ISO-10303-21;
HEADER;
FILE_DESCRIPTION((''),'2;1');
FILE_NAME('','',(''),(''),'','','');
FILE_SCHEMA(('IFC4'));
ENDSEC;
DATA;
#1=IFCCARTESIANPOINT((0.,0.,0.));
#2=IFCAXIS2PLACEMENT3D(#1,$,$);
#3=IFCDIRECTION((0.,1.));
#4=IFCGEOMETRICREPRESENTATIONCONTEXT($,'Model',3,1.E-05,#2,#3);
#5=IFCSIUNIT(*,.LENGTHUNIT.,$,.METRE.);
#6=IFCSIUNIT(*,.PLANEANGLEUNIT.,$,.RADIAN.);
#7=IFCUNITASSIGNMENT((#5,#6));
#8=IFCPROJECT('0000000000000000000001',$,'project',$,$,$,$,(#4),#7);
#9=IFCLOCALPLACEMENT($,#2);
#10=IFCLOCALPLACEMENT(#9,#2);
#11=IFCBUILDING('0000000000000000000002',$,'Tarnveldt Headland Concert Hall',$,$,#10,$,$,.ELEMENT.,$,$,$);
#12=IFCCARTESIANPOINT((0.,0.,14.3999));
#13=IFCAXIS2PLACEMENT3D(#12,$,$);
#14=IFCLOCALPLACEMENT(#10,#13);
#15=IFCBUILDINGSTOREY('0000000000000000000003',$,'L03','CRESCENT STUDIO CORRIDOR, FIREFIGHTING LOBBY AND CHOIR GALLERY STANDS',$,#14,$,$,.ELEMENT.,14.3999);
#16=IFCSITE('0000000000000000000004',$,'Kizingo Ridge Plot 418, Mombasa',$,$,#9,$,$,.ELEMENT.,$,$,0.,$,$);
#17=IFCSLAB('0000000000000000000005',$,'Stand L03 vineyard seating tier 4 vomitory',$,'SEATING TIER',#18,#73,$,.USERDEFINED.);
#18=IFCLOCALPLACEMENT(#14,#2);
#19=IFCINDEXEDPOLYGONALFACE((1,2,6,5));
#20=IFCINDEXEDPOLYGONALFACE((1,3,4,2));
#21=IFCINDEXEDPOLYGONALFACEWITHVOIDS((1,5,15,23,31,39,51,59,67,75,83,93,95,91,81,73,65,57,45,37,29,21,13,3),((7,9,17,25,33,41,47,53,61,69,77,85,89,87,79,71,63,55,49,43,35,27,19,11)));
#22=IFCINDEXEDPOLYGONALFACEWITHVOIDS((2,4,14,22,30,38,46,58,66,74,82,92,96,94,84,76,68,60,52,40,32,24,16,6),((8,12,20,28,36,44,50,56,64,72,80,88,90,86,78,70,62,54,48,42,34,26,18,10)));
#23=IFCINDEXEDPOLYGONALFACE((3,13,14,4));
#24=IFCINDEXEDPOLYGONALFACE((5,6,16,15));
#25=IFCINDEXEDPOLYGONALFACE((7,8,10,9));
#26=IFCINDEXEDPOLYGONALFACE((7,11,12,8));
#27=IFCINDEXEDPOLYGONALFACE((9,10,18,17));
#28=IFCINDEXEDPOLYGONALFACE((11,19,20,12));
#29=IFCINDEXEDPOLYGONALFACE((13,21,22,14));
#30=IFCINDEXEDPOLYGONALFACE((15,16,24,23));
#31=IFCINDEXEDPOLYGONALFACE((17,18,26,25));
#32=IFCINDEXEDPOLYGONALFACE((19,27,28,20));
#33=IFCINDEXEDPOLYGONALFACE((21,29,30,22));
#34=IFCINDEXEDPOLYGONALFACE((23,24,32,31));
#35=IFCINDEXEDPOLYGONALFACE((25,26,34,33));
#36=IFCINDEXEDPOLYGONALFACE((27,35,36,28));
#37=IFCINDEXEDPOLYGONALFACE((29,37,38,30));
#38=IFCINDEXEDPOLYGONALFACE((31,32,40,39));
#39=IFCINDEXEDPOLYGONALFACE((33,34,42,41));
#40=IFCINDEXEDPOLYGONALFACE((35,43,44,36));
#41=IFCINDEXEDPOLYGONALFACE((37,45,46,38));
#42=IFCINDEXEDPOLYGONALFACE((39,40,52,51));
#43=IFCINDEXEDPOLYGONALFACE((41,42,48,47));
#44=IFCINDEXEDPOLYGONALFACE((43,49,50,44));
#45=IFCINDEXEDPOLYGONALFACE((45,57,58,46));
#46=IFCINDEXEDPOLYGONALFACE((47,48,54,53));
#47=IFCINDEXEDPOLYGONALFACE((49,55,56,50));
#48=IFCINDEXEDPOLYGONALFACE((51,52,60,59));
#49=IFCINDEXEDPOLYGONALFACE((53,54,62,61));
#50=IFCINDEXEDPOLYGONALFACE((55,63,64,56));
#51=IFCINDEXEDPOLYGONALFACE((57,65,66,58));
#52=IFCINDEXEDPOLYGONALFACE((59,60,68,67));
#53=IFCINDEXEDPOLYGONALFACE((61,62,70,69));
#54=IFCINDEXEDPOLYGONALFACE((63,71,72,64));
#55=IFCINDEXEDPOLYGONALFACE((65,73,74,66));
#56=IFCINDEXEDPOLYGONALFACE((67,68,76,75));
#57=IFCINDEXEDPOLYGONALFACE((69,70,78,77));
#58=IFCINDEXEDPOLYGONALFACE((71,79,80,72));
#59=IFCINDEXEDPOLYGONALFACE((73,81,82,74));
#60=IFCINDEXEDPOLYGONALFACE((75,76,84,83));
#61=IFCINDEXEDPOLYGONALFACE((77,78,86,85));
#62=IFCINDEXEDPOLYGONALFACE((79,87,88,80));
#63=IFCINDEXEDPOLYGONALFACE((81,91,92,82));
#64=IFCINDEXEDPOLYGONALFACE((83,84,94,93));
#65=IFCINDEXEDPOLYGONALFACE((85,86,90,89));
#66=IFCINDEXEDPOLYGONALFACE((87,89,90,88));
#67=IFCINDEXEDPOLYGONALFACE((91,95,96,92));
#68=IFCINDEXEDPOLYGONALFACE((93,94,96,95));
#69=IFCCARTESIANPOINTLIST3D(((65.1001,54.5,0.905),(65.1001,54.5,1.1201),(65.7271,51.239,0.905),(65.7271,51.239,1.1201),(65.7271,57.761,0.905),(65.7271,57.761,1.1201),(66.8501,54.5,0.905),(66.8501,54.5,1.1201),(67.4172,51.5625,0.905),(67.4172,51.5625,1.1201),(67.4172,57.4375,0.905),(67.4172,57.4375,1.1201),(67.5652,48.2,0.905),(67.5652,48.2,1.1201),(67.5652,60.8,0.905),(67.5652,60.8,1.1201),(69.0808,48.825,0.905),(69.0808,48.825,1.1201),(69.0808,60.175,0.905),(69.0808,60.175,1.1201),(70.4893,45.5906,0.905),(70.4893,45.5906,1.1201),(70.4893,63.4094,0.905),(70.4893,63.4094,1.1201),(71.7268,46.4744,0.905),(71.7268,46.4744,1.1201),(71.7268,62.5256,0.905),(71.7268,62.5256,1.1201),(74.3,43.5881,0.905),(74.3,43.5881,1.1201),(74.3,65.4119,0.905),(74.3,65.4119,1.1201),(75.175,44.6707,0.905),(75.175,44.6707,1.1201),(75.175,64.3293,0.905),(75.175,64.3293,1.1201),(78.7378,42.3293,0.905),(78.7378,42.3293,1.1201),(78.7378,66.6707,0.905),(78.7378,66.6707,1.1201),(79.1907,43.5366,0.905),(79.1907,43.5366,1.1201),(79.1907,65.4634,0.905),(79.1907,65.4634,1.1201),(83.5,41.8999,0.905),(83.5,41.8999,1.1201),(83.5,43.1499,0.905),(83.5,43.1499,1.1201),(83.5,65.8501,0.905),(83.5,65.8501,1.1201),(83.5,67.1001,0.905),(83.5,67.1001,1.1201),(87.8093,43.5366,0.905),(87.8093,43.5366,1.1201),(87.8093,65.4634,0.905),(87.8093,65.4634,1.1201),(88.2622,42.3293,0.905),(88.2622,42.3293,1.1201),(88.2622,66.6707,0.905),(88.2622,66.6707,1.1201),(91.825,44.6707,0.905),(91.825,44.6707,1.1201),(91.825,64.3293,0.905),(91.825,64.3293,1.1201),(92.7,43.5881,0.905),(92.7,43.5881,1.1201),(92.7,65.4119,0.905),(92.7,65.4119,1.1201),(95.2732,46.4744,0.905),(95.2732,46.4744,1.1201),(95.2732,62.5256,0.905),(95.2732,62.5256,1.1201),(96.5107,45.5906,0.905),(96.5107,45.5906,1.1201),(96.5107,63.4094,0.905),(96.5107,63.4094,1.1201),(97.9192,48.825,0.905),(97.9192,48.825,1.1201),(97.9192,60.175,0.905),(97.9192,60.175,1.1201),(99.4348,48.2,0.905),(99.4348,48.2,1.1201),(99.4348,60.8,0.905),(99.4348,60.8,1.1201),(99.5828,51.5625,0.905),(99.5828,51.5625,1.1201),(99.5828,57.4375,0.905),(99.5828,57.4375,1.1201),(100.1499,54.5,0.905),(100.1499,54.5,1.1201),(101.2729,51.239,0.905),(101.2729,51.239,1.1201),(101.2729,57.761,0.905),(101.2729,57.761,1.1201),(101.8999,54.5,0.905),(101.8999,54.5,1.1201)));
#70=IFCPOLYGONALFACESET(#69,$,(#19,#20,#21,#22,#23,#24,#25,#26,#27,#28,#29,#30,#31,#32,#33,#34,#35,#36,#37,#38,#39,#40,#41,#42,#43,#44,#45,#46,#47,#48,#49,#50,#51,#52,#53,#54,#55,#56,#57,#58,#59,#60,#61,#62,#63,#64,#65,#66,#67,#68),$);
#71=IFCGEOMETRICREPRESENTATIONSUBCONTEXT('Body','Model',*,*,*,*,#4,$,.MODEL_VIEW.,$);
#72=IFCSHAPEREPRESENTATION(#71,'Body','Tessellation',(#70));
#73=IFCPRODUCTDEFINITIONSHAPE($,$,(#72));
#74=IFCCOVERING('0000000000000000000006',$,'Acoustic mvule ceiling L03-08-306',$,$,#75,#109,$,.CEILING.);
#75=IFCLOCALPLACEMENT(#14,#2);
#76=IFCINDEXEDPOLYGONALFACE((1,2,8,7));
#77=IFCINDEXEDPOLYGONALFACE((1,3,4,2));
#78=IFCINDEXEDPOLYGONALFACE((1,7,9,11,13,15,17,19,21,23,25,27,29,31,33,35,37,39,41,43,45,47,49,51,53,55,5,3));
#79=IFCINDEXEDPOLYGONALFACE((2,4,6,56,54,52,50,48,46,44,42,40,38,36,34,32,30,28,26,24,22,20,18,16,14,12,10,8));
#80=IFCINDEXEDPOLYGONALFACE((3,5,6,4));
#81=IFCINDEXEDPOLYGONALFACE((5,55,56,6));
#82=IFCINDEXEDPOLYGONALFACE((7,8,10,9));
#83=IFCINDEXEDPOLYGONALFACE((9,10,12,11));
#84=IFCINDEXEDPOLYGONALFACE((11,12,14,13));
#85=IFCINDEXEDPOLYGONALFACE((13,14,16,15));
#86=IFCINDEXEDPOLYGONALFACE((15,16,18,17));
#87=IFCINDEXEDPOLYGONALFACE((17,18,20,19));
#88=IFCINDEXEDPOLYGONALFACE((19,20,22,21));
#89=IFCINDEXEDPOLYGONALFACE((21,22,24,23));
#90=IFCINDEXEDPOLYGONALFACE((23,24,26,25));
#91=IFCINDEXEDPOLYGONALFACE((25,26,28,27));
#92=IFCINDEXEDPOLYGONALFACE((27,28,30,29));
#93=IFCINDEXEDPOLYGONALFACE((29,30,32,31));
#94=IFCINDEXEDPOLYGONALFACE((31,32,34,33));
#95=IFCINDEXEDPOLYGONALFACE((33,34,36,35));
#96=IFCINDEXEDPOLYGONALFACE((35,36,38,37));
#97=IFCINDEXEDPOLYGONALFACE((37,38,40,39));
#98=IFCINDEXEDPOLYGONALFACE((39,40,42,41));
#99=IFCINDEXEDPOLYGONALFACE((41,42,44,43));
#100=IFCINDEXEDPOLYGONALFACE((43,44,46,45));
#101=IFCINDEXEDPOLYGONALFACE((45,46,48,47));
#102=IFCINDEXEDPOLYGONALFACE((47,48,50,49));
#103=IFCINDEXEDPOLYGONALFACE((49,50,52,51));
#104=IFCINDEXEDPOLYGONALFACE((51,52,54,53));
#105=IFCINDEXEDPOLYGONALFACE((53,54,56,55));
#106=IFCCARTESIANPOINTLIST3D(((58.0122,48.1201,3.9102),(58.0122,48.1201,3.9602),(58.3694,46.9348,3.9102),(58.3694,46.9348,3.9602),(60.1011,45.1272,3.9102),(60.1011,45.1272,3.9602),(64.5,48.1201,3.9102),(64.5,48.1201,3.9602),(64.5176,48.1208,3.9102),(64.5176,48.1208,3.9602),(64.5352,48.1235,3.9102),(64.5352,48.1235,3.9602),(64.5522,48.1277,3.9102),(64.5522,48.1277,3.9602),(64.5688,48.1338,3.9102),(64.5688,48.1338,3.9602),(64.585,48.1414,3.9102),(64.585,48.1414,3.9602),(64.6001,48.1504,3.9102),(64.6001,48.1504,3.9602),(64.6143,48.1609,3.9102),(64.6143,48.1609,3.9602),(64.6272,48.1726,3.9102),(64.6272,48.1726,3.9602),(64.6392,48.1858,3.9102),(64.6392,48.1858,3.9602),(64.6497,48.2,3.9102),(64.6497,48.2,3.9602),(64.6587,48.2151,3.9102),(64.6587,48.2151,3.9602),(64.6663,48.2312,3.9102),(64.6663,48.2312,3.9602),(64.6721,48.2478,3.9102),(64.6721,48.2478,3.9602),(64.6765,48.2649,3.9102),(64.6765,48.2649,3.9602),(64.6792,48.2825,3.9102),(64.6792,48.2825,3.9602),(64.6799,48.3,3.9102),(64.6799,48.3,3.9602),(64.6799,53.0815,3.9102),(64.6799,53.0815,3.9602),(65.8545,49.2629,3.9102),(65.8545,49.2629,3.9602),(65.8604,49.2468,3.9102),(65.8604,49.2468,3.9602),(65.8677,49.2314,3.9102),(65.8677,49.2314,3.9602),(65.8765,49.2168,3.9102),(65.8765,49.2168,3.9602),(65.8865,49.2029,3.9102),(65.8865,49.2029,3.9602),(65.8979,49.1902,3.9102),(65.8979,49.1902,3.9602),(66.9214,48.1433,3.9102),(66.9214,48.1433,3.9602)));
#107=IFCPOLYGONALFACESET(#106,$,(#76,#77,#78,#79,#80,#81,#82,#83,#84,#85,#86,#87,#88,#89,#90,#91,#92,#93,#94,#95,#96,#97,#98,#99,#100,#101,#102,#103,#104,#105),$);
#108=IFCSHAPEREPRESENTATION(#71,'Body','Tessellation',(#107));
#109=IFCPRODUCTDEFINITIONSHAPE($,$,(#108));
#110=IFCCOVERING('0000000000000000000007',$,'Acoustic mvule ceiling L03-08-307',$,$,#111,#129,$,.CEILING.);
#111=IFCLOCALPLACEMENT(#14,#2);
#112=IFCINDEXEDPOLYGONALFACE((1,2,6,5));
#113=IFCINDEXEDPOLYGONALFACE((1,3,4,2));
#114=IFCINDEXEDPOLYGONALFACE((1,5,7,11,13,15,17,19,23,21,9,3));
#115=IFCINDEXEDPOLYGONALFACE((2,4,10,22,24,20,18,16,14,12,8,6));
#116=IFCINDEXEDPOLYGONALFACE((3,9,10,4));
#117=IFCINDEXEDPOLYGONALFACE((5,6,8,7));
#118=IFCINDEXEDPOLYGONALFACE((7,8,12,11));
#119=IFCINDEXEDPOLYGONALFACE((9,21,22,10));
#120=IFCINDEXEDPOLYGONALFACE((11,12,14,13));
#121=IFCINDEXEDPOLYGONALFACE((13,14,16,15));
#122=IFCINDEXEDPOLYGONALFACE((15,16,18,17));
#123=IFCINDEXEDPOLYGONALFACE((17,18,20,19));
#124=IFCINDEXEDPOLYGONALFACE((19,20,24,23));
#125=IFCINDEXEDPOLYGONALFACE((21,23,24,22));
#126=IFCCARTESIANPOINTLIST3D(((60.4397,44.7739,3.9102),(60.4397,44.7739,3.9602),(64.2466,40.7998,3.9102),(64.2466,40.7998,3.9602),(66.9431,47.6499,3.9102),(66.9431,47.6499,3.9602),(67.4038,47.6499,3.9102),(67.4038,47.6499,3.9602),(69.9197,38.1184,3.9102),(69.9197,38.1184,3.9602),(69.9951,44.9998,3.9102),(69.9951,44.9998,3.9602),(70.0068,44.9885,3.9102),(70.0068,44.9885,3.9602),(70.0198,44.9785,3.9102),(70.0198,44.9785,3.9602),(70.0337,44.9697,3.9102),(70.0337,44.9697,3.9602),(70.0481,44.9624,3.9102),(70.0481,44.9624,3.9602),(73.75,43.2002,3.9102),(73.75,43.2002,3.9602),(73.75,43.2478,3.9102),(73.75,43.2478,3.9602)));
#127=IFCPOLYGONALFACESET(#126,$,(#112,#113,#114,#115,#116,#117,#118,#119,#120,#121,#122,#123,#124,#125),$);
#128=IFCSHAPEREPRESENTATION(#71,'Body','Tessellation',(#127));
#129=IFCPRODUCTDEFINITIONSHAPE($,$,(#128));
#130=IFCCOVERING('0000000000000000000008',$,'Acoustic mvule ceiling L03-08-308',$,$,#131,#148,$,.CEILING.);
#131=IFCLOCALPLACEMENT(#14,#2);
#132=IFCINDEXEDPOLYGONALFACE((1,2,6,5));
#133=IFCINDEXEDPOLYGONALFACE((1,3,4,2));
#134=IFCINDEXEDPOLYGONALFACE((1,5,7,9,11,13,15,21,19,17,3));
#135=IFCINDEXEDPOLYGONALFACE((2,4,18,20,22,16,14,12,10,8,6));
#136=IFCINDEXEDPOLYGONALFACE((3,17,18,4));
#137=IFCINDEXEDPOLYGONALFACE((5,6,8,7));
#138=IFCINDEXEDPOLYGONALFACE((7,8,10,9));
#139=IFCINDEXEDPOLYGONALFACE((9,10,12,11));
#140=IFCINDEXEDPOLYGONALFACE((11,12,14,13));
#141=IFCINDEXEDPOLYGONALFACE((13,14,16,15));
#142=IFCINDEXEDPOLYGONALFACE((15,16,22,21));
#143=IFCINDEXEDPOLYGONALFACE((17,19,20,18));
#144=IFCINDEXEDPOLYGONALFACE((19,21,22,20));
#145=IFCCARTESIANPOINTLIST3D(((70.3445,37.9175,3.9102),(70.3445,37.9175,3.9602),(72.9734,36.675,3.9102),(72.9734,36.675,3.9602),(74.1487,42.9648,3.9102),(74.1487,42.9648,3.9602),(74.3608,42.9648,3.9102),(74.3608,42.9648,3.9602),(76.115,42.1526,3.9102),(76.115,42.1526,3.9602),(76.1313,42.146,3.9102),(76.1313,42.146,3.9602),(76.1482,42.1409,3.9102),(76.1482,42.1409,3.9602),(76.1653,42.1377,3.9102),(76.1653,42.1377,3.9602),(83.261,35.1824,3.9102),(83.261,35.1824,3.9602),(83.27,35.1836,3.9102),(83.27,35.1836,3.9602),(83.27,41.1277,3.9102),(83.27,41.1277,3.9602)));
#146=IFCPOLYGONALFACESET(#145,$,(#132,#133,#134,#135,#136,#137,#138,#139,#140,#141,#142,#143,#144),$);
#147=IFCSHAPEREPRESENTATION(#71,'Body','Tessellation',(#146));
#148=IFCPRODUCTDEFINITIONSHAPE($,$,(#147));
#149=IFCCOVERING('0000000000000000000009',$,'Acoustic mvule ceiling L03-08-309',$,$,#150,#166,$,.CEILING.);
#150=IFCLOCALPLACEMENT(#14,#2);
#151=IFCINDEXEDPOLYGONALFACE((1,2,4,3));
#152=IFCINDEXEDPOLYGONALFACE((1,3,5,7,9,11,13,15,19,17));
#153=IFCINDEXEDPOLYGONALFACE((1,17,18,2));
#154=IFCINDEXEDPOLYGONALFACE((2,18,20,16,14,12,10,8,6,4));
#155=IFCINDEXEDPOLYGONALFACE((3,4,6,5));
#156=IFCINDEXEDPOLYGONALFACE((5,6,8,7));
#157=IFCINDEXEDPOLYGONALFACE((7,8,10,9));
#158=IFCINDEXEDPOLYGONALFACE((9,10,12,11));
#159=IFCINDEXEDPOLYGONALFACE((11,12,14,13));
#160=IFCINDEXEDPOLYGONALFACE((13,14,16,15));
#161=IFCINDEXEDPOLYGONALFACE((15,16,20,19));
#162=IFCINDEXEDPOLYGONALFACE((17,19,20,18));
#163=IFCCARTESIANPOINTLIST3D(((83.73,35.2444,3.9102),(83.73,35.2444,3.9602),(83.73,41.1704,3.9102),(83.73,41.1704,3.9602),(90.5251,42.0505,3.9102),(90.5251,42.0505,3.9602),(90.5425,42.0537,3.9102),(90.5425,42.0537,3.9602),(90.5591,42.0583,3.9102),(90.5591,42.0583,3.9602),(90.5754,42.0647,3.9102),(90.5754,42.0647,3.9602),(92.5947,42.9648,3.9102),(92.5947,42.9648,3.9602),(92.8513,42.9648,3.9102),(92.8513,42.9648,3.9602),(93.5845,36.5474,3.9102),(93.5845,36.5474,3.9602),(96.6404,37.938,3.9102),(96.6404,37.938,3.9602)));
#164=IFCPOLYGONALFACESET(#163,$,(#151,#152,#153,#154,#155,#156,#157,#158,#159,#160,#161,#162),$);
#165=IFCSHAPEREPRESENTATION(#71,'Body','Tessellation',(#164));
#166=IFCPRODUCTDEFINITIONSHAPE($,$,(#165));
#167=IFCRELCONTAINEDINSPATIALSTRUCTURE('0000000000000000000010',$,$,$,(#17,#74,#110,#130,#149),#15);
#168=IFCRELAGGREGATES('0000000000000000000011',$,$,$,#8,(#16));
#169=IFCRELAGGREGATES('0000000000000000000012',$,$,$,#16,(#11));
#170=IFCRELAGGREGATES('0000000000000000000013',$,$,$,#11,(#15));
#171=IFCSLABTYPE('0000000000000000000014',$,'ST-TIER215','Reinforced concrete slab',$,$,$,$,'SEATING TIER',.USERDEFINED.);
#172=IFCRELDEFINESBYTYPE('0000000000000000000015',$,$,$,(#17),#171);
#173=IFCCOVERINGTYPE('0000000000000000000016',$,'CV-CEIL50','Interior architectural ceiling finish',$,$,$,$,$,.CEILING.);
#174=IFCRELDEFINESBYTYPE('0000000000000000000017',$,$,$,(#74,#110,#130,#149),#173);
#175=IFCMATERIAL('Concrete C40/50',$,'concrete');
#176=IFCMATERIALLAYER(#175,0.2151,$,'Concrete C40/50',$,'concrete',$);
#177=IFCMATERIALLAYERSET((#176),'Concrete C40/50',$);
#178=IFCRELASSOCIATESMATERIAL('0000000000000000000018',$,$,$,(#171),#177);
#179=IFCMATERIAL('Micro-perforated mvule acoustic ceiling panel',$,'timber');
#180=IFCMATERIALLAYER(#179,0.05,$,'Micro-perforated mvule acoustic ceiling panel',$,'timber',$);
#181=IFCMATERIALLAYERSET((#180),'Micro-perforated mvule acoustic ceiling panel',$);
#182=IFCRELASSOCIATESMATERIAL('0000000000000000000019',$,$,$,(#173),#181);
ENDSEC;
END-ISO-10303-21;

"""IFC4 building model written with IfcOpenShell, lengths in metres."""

from ifc_helpers import new_model, si_unit, direction, frame, origin, place, context, subcontext, project, spatial, polyline, outline, extrude, material, layer, layer_set, type_object, element, save


model = new_model("IFC4")

# Units and contexts
model_context = context("Model", 3, precision=1e-05, world=origin(), true_north=direction((0.0, 1.0)))
body_context = subcontext(model_context, "Body", "Model", "MODEL_VIEW")
ifc_project = project(units=[si_unit("LENGTHUNIT", "METRE"), si_unit("PLANEANGLEUNIT", "RADIAN")], contexts=[model_context])

# Site, building, storey
site_placement = place(None, origin())
site = spatial("IfcSite", under=ifc_project, at=site_placement, Name="Kizingo Ridge Plot 418, Mombasa", CompositionType="ELEMENT", RefElevation=0.0)
building_placement = place(site_placement, origin())
building = spatial("IfcBuilding", under=site, at=building_placement, Name="Tarnveldt Headland Concert Hall", CompositionType="ELEMENT")
storey_placement = place(building_placement, frame((0.0, 0.0, 14.3999)))
storey = spatial("IfcBuildingStorey", under=building, at=storey_placement, Name="L03", Description="CRESCENT STUDIO CORRIDOR, FIREFIGHTING LOBBY AND CHOIR GALLERY STANDS", CompositionType="ELEMENT", Elevation=14.3999)

# Shared definitions
ifc_material_1 = material(Name="Concrete C40/50", Category="concrete")

# Slab
ifc_layer_1 = layer(ifc_material_1, 0.2151, Name="Concrete C40/50", Category="concrete")
ifc_layer_set_1 = layer_set([ifc_layer_1], Name="Concrete C40/50")
slab_type_1 = type_object("IfcSlabType", Name="ST-TIER215", Description="Reinforced concrete slab", ElementType="SEATING TIER", PredefinedType="USERDEFINED", material=ifc_layer_set_1)
slab_1_placement = place(storey_placement, frame((0.0, 0.0, 0.905)))
element("IfcSlab", 1, at=slab_1_placement, inside=storey, type_object=slab_type_1, Name="Stand L03 vineyard seating tier 4 vomitory", ObjectType="SEATING TIER", PredefinedType="USERDEFINED", context=body_context, shape_type="SweptSolid", body=[
    extrude(outline(polyline([(101.8999, 54.5), (101.2729, 57.761), (99.4348, 60.8), (96.5107, 63.4094), (92.7, 65.4119), (88.2622, 66.6707), (83.5, 67.1001), (78.7378, 66.6707), (74.3, 65.4119), (70.4893, 63.4094), (67.5652, 60.8), (65.7271, 57.761), (65.1001, 54.5), (65.7271, 51.239), (67.5652, 48.2), (70.4893, 45.5906), (74.3, 43.5881), (78.7378, 42.3293), (83.5, 41.8999), (88.2622, 42.3293), (92.7, 43.5881), (96.5107, 45.5906), (99.4348, 48.2), (101.2729, 51.239), (101.8999, 54.5)]), holes=[polyline([(99.5828, 51.5625), (97.9192, 48.825), (95.2732, 46.4744), (91.825, 44.6707), (87.8093, 43.5366), (83.5, 43.1499), (79.1907, 43.5366), (75.175, 44.6707), (71.7268, 46.4744), (69.0808, 48.825), (67.4172, 51.5625), (66.8501, 54.5), (67.4172, 57.4375), (69.0808, 60.175), (71.7268, 62.5256), (75.175, 64.3293), (79.1907, 65.4634), (83.5, 65.8501), (87.8093, 65.4634), (91.825, 64.3293), (95.2732, 62.5256), (97.9192, 60.175), (99.5828, 57.4375), (100.1499, 54.5), (99.5828, 51.5625)])]), origin(), (0.0, 0.0, 1.0), 0.2151),
])

# Coverings
ifc_material_2 = material(Name="Micro-perforated mvule acoustic ceiling panel", Category="timber")
ifc_layer_2 = layer(ifc_material_2, 0.05, Name="Micro-perforated mvule acoustic ceiling panel", Category="timber")
ifc_layer_set_2 = layer_set([ifc_layer_2], Name="Micro-perforated mvule acoustic ceiling panel")
covering_type_1 = type_object("IfcCoveringType", Name="CV-CEIL50", Description="Interior architectural ceiling finish", PredefinedType="CEILING", material=ifc_layer_set_2)
covering_1_placement = place(storey_placement, frame((0.0, 0.0, 3.9102)))
element("IfcCovering", 2, at=covering_1_placement, inside=storey, type_object=covering_type_1, Name="Acoustic mvule ceiling L03-08-306", PredefinedType="CEILING", context=body_context, shape_type="SweptSolid", body=[
    extrude(outline(polyline([(58.0122, 48.1201), (64.5, 48.1201), (64.5176, 48.1208), (64.5352, 48.1235), (64.5522, 48.1277), (64.5688, 48.1338), (64.585, 48.1414), (64.6001, 48.1504), (64.6143, 48.1609), (64.6272, 48.1726), (64.6392, 48.1858), (64.6497, 48.2), (64.6587, 48.2151), (64.6663, 48.2312), (64.6721, 48.2478), (64.6765, 48.2649), (64.6792, 48.2825), (64.6799, 48.3), (64.6799, 53.0815), (65.8545, 49.2629), (65.8604, 49.2468), (65.8677, 49.2314), (65.8765, 49.2168), (65.8865, 49.2029), (65.8979, 49.1902), (66.9214, 48.1433), (60.1011, 45.1272), (58.3694, 46.9348), (58.0122, 48.1201)])), origin(), (0.0, 0.0, 1.0), 0.05),
])
covering_2_placement = place(storey_placement, frame((0.0, 0.0, 3.9102)))
element("IfcCovering", 3, at=covering_2_placement, inside=storey, type_object=covering_type_1, Name="Acoustic mvule ceiling L03-08-307", PredefinedType="CEILING", context=body_context, shape_type="SweptSolid", body=[
    extrude(outline(polyline([(70.0481, 44.9624), (73.75, 43.2478), (73.75, 43.2002), (69.9197, 38.1184), (64.2466, 40.7998), (60.4397, 44.7739), (66.9431, 47.6499), (67.4038, 47.6499), (69.9951, 44.9998), (70.0068, 44.9885), (70.0198, 44.9785), (70.0337, 44.9697), (70.0481, 44.9624)])), origin(), (0.0, 0.0, 1.0), 0.05),
])
covering_3_placement = place(storey_placement, frame((0.0, 0.0, 3.9102)))
element("IfcCovering", 4, at=covering_3_placement, inside=storey, type_object=covering_type_1, Name="Acoustic mvule ceiling L03-08-308", PredefinedType="CEILING", context=body_context, shape_type="SweptSolid", body=[
    extrude(outline(polyline([(76.1653, 42.1377), (83.27, 41.1277), (83.27, 35.1836), (83.261, 35.1824), (72.9734, 36.675), (70.3445, 37.9175), (74.1487, 42.9648), (74.3608, 42.9648), (76.115, 42.1526), (76.1313, 42.146), (76.1482, 42.1409), (76.1653, 42.1377)])), origin(), (0.0, 0.0, 1.0), 0.05),
])
covering_4_placement = place(storey_placement, frame((0.0, 0.0, 3.9102)))
element("IfcCovering", 5, at=covering_4_placement, inside=storey, type_object=covering_type_1, Name="Acoustic mvule ceiling L03-08-309", PredefinedType="CEILING", context=body_context, shape_type="SweptSolid", body=[
    extrude(outline(polyline([(90.5754, 42.0647), (92.5947, 42.9648), (92.8513, 42.9648), (96.6404, 37.938), (93.5845, 36.5474), (83.73, 35.2444), (83.73, 41.1704), (90.5251, 42.0505), (90.5425, 42.0537), (90.5591, 42.0583), (90.5754, 42.0647)])), origin(), (0.0, 0.0, 1.0), 0.05),
])

save(model, "model.ifc")
